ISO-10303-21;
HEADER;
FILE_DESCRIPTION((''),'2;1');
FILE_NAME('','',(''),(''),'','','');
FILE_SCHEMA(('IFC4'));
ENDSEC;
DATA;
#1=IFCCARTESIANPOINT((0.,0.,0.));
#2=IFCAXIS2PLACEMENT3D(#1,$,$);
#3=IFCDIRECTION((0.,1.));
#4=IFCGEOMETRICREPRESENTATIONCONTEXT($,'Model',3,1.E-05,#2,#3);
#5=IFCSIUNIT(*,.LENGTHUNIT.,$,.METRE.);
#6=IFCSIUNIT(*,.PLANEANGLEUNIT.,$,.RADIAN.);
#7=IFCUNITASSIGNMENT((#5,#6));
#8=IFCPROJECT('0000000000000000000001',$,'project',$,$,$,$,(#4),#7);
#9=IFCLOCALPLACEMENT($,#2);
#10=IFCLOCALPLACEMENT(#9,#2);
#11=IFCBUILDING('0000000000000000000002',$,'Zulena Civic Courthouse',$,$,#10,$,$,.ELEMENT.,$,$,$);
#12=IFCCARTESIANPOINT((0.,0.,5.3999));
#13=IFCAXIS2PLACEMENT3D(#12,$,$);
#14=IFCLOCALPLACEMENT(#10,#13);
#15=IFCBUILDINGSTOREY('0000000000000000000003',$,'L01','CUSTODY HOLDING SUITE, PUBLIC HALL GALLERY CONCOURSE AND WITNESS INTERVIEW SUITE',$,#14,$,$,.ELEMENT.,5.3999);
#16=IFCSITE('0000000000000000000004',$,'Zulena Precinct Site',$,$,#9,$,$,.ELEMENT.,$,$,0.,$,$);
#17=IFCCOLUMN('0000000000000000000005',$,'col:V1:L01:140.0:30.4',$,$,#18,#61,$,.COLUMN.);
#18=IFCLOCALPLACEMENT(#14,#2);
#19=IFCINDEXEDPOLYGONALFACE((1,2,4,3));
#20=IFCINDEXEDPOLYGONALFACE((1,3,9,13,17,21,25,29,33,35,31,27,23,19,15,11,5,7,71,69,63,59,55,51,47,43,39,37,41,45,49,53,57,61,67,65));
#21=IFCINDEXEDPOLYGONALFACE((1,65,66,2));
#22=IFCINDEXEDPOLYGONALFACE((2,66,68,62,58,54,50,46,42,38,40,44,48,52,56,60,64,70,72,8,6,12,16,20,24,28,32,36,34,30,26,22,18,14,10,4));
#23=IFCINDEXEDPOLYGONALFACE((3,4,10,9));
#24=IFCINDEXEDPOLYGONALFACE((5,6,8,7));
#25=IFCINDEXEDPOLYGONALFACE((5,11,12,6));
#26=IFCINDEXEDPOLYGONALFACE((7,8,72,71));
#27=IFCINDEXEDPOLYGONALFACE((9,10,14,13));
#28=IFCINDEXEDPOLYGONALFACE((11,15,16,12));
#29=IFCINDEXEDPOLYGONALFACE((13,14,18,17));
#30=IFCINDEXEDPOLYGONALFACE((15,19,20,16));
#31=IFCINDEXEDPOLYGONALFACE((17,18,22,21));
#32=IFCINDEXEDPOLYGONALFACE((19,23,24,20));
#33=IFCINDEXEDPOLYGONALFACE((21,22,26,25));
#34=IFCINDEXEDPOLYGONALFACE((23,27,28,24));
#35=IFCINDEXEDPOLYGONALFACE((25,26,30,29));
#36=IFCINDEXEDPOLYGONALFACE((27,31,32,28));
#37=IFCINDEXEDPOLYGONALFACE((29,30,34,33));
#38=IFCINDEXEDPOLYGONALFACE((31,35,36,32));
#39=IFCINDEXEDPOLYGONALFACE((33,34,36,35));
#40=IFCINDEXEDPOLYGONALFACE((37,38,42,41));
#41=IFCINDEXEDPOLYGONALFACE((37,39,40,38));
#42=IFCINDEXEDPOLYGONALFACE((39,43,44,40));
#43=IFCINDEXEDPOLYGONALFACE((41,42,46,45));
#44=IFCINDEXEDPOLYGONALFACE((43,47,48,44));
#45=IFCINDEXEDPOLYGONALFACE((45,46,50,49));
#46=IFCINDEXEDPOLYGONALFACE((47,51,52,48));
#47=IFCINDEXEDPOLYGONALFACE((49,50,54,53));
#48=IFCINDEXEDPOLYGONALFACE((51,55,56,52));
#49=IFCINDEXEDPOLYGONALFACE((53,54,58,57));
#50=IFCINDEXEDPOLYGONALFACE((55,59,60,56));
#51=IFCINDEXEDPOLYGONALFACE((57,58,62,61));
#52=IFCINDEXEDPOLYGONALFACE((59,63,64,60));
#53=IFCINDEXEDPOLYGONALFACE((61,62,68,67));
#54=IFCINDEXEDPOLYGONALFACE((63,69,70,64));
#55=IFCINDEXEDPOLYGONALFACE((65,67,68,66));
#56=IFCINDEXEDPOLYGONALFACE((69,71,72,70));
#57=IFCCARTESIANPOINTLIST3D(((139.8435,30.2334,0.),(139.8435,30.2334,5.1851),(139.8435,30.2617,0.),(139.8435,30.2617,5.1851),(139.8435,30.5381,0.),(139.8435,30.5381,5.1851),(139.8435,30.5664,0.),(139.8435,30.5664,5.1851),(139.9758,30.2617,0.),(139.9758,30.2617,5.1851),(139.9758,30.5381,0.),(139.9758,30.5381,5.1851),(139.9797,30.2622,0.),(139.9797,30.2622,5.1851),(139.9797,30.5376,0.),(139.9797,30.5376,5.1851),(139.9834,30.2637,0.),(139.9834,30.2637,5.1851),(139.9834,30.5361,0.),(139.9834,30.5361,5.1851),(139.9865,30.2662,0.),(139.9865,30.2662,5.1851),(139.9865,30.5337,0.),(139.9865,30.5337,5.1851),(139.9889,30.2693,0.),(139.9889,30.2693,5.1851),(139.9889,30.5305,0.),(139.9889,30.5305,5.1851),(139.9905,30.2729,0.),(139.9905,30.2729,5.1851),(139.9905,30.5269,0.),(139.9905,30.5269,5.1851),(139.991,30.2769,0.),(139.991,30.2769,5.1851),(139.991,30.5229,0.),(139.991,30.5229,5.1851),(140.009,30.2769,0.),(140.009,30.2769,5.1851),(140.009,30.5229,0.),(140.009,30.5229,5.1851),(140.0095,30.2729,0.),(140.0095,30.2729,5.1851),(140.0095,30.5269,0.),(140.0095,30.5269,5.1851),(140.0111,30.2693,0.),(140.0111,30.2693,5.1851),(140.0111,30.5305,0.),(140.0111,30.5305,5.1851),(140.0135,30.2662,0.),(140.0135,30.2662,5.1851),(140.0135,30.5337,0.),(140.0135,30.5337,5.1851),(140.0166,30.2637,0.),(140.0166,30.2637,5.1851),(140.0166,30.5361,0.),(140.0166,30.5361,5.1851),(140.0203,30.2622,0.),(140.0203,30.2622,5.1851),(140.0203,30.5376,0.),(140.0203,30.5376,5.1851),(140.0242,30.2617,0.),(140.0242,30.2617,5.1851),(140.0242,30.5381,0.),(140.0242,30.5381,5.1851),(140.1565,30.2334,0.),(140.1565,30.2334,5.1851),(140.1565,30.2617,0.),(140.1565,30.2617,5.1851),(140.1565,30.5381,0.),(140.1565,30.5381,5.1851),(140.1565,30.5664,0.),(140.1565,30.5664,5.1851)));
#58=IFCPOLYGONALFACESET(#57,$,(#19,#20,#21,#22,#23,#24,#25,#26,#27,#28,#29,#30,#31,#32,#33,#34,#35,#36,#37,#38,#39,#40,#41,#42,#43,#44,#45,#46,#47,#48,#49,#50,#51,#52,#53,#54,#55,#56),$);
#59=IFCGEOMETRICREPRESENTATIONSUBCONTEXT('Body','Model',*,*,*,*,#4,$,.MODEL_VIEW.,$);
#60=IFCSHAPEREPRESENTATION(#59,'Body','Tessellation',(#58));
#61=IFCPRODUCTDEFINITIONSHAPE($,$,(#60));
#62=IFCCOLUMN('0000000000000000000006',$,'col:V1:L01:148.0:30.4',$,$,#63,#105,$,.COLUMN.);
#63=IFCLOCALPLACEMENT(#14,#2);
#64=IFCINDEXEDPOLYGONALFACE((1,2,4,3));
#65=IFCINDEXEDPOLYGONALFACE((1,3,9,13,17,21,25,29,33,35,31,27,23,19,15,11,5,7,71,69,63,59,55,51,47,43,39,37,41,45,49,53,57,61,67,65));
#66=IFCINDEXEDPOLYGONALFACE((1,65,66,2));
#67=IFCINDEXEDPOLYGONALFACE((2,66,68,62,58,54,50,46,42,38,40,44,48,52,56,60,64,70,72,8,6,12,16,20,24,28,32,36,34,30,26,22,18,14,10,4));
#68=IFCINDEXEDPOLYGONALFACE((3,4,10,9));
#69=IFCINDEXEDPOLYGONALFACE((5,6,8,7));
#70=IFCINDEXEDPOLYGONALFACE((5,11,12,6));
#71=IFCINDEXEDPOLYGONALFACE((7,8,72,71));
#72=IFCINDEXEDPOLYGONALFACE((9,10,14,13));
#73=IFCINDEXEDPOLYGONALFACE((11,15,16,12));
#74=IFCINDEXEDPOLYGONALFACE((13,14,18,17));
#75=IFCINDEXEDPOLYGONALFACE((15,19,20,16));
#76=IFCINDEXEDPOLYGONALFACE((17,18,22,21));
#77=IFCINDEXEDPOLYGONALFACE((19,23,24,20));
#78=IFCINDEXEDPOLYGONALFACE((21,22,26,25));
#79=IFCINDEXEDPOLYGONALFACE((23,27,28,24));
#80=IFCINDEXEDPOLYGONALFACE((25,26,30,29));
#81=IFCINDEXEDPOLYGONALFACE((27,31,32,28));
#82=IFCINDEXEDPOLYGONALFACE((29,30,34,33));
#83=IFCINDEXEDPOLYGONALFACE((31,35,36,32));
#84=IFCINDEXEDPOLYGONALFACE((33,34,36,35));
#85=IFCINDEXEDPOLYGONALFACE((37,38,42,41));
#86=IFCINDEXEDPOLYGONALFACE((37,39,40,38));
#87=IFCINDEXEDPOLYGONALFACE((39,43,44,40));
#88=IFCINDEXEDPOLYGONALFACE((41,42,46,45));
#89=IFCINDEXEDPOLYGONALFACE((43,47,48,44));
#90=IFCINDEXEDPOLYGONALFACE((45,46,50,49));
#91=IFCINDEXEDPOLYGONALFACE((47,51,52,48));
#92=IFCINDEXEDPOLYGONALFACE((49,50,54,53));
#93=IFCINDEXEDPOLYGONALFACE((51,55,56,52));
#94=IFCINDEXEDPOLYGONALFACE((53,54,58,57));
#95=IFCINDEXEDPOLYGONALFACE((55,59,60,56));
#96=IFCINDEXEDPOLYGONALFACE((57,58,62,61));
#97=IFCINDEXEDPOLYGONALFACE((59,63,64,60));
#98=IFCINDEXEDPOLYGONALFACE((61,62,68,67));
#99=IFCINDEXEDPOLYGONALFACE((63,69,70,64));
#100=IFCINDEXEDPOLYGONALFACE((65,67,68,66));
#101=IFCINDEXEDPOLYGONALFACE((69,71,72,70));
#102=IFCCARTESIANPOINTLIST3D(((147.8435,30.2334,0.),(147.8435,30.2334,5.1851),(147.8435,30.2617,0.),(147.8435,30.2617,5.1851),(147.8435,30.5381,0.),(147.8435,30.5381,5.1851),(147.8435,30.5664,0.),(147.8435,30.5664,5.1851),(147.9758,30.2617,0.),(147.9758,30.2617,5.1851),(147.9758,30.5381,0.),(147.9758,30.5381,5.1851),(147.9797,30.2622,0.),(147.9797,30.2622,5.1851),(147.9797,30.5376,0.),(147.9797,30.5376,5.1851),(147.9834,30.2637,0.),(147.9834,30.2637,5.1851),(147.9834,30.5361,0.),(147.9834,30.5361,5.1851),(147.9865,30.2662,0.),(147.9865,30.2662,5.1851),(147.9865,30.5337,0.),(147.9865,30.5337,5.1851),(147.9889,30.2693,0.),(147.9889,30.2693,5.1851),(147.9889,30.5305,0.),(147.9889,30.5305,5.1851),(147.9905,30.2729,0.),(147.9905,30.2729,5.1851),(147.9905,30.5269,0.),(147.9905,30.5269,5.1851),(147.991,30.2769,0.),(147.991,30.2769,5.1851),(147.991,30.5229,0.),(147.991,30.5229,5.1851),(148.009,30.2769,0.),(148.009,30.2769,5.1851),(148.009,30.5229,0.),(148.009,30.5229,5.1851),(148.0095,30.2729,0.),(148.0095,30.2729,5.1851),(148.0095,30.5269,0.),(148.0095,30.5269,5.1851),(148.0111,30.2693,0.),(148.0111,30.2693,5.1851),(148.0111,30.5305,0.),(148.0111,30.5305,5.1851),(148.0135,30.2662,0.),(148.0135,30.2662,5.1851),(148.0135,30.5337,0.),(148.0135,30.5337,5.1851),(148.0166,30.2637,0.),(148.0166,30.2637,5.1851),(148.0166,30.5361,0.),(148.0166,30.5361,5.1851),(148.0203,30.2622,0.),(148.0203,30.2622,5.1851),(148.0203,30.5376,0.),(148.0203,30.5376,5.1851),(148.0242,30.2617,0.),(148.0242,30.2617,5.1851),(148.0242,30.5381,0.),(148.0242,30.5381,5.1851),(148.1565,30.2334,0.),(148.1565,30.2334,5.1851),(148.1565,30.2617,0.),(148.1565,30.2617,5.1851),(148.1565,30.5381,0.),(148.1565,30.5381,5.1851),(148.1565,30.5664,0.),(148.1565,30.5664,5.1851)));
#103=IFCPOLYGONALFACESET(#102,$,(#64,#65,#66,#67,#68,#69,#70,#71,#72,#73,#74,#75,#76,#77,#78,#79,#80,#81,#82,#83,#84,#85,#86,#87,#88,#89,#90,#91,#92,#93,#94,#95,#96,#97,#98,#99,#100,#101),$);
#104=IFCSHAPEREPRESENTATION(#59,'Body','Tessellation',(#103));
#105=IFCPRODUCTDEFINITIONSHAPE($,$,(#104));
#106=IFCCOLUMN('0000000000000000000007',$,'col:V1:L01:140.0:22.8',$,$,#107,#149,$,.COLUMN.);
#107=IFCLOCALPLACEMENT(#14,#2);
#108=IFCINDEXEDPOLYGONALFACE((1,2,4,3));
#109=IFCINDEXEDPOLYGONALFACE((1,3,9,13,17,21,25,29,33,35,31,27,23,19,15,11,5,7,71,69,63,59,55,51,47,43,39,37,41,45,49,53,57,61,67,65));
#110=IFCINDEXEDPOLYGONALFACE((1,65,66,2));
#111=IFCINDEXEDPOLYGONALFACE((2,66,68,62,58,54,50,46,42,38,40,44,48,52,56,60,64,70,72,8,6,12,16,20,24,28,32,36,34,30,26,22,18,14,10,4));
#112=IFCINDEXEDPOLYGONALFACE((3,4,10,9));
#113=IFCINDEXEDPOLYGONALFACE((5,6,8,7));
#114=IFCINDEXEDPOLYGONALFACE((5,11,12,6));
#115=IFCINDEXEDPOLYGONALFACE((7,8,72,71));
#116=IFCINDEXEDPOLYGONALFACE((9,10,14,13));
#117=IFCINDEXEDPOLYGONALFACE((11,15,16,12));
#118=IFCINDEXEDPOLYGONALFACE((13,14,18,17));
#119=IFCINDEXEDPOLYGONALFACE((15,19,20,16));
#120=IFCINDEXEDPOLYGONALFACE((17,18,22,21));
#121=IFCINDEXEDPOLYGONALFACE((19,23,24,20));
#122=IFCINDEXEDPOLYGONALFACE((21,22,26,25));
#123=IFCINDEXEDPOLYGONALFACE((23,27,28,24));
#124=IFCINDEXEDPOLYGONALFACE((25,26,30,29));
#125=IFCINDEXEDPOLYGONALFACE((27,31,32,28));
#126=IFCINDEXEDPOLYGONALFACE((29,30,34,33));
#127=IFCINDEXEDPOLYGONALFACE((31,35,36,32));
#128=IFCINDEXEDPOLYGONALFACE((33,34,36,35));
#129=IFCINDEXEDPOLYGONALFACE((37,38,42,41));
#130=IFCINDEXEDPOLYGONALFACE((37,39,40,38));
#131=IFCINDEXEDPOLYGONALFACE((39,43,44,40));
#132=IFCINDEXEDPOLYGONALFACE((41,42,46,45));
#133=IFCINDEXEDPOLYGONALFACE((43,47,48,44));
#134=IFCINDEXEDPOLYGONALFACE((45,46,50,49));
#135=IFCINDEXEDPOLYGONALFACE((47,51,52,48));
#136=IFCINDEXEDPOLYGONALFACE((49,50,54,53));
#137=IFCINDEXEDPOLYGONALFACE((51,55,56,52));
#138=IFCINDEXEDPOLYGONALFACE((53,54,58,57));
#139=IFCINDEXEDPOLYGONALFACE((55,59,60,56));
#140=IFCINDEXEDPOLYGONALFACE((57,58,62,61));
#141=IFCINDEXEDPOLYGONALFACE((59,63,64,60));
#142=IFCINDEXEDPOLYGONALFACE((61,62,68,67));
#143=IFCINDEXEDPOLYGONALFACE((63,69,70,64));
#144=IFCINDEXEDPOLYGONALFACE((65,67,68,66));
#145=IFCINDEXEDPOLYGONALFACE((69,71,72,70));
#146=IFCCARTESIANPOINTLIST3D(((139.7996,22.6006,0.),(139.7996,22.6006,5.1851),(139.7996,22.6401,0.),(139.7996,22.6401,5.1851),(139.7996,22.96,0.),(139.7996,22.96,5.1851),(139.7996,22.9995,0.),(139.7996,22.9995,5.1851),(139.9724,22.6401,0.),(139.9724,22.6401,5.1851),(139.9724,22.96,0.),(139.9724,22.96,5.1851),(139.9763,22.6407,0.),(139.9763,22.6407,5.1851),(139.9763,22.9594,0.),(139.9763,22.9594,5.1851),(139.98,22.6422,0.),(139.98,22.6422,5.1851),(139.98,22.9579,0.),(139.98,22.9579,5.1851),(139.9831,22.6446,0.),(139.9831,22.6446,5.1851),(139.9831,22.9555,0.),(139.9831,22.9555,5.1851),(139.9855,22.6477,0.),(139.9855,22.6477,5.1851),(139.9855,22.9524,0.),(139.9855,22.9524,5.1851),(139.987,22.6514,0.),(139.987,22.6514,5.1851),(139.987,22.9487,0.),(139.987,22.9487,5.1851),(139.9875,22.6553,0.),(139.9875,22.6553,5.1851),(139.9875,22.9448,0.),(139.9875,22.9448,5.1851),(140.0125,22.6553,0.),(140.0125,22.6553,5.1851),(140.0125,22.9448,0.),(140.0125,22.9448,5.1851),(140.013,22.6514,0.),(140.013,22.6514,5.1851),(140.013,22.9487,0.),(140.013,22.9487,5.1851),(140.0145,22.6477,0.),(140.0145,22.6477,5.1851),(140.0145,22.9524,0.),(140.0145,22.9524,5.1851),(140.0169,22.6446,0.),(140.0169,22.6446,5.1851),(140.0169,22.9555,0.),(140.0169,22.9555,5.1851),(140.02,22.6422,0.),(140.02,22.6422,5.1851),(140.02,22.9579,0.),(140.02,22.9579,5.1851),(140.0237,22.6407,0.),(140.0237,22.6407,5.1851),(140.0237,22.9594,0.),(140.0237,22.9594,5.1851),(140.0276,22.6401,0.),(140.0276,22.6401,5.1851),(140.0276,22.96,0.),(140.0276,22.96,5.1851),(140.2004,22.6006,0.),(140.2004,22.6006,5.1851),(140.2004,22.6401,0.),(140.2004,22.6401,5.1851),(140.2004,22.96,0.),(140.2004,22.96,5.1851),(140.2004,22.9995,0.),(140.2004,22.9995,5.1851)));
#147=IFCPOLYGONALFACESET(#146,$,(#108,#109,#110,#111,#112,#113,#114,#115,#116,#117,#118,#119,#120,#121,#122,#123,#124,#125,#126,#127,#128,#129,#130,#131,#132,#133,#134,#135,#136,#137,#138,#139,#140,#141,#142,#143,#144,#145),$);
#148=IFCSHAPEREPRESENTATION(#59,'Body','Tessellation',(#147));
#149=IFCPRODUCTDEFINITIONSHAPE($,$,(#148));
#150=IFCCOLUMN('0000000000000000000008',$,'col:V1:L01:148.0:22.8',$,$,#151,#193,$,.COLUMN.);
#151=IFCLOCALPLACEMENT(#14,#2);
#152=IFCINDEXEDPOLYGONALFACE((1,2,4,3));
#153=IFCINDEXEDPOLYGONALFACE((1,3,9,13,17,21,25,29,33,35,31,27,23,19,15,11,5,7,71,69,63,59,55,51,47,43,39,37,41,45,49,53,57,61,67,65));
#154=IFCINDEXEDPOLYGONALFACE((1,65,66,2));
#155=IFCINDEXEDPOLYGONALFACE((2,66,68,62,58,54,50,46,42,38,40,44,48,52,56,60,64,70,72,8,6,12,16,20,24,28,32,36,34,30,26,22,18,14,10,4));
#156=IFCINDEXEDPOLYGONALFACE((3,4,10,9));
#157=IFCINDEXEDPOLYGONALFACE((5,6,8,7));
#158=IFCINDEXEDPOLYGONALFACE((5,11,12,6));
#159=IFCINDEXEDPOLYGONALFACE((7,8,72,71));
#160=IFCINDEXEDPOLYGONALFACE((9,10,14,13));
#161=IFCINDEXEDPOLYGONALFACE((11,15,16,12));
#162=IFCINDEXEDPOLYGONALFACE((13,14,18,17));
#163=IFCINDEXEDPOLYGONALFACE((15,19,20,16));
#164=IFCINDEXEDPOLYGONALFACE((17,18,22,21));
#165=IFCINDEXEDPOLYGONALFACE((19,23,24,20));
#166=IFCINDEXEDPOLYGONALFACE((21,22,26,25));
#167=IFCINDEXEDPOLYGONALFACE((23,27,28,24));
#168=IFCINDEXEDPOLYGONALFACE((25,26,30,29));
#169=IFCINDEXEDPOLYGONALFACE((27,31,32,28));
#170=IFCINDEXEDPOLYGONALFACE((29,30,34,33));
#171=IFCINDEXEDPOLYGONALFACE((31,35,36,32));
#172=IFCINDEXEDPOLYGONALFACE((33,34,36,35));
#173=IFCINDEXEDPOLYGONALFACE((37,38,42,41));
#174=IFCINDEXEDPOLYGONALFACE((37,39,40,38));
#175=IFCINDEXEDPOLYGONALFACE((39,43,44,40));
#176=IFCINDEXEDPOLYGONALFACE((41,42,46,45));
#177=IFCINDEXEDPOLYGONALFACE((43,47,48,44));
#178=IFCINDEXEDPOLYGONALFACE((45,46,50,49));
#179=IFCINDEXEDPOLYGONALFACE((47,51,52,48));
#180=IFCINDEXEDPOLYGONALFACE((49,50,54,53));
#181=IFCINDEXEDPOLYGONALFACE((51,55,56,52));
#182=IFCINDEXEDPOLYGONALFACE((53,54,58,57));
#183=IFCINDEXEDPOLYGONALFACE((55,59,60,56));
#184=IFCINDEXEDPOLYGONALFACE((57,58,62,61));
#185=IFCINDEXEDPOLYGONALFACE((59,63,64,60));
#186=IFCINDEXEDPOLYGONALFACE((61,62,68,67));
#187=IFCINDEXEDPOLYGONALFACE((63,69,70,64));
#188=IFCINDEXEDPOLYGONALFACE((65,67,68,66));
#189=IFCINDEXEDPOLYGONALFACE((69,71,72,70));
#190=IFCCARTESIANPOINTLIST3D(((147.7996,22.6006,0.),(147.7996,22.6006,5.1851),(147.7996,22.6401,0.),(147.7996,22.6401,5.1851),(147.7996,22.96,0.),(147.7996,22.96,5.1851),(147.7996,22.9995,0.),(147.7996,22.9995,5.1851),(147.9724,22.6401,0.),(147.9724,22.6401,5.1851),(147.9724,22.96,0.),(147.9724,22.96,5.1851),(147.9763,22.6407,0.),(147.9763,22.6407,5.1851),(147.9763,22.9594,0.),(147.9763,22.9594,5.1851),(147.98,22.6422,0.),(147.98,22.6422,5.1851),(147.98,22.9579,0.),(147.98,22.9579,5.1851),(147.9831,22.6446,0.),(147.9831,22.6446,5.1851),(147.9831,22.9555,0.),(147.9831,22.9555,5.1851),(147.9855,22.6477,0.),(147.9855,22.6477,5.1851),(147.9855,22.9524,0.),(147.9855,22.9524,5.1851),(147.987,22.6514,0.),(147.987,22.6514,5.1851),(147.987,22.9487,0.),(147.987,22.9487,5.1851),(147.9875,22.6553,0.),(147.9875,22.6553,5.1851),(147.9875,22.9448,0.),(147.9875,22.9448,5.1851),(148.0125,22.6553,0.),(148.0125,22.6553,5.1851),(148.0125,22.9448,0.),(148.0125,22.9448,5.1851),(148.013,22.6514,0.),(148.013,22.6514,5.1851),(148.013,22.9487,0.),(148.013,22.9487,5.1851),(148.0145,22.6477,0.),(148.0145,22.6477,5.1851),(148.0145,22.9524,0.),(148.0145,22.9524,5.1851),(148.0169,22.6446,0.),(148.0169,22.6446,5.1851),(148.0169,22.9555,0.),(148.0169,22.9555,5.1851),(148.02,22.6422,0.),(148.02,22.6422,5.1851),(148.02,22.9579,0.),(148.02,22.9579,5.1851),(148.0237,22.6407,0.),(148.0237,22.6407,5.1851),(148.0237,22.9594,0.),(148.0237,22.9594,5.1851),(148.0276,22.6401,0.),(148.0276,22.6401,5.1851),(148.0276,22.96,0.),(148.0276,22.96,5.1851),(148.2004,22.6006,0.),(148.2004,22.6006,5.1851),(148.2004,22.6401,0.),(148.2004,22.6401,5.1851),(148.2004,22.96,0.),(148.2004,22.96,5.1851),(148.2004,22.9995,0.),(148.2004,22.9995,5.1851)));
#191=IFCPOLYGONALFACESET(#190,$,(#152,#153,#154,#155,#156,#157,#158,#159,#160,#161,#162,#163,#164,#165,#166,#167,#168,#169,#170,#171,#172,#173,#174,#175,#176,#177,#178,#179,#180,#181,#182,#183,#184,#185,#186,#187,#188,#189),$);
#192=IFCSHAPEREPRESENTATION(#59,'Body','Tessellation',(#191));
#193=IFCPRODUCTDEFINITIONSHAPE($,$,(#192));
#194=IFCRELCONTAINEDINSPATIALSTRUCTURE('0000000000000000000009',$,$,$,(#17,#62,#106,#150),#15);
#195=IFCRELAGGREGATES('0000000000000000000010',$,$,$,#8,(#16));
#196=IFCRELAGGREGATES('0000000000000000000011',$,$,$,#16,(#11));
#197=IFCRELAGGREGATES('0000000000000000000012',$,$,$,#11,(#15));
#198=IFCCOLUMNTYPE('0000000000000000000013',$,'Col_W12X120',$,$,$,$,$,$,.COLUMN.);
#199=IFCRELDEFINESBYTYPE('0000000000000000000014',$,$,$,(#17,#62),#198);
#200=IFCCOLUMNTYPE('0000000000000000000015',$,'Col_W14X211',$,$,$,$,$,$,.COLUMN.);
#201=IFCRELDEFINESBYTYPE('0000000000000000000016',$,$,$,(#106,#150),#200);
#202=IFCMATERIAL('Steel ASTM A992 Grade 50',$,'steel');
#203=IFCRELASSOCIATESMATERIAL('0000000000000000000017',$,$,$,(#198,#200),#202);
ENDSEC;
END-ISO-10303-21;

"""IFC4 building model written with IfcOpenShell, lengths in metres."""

from ifc_helpers import new_model, si_unit, direction, frame, origin, origin_2d, place, context, subcontext, project, spatial, i_section, extrude, material, material_profile, profile_set, type_object, element, save


model = new_model("IFC4")

# Units and contexts
model_context = context("Model", 3, precision=1e-05, world=origin(), true_north=direction((0.0, 1.0)))
body_context = subcontext(model_context, "Body", "Model", "MODEL_VIEW")
ifc_project = project(units=[si_unit("LENGTHUNIT", "METRE"), si_unit("PLANEANGLEUNIT", "RADIAN")], contexts=[model_context])

# Site, building, storey
site_placement = place(None, origin())
site = spatial("IfcSite", under=ifc_project, at=site_placement, Name="Zulena Precinct Site", CompositionType="ELEMENT", RefElevation=0.0)
building_placement = place(site_placement, origin())
building = spatial("IfcBuilding", under=site, at=building_placement, Name="Zulena Civic Courthouse", CompositionType="ELEMENT")
storey_placement = place(building_placement, frame((0.0, 0.0, 5.3999)))
storey = spatial("IfcBuildingStorey", under=building, at=storey_placement, Name="L01", Description="CUSTODY HOLDING SUITE, PUBLIC HALL GALLERY CONCOURSE AND WITNESS INTERVIEW SUITE", CompositionType="ELEMENT", Elevation=5.3999)

# Columns
ifc_material_1 = material(Name="Steel ASTM A992 Grade 50", Category="steel")
ifc_material_profile_1 = material_profile(ifc_material_1, i_section(OverallWidth=0.313, OverallDepth=0.333, WebThickness=0.0181, FlangeThickness=0.0283, FilletRadius=0.0151, at=origin_2d()), Name="W12X120")
ifc_profile_set_1 = profile_set([ifc_material_profile_1], Name="Steel ASTM A992 Grade 50")
column_type_1 = type_object("IfcColumnType", Name="Col_W12X120", PredefinedType="COLUMN", material=ifc_profile_set_1)
for number, where, z_axis, x_axis, name in (
    (1, (140.0, 30.3999, 0.0), (0.0, 0.0, 1.0), (1.0, 0.0, 0.0), "col:V1:L01:140.0:30.4"),
    (2, (148.0, 30.3999, 0.0), (0.0, 0.0, 1.0), (1.0, 0.0, 0.0), "col:V1:L01:148.0:30.4"),
):
    element("IfcColumn", number, at=place(storey_placement, frame(where, z_axis=z_axis, x_axis=x_axis)), inside=storey, type_object=column_type_1, Name=name, PredefinedType="COLUMN", context=body_context, shape_type="SweptSolid", body=[
        extrude(i_section(OverallWidth=0.313, OverallDepth=0.333, WebThickness=0.0181, FlangeThickness=0.0283, FilletRadius=0.0151, at=origin_2d()), origin(), (0.0, 0.0, 1.0), 5.1851),
    ])
ifc_material_profile_2 = material_profile(ifc_material_1, i_section(OverallWidth=0.4009, OverallDepth=0.3989, WebThickness=0.0249, FlangeThickness=0.0396, FilletRadius=0.0151, at=origin_2d()), Name="W14X211")
ifc_profile_set_2 = profile_set([ifc_material_profile_2], Name="Steel ASTM A992 Grade 50")
column_type_2 = type_object("IfcColumnType", Name="Col_W14X211", PredefinedType="COLUMN", material=ifc_profile_set_2)
for number, where, z_axis, x_axis, name in (
    (3, (140.0, 22.8, 0.0), (0.0, 0.0, 1.0), (1.0, 0.0, 0.0), "col:V1:L01:140.0:22.8"),
    (4, (148.0, 22.8, 0.0), (0.0, 0.0, 1.0), (1.0, 0.0, 0.0), "col:V1:L01:148.0:22.8"),
):
    element("IfcColumn", number, at=place(storey_placement, frame(where, z_axis=z_axis, x_axis=x_axis)), inside=storey, type_object=column_type_2, Name=name, PredefinedType="COLUMN", context=body_context, shape_type="SweptSolid", body=[
        extrude(i_section(OverallWidth=0.4009, OverallDepth=0.3989, WebThickness=0.0249, FlangeThickness=0.0396, FilletRadius=0.0151, at=origin_2d()), origin(), (0.0, 0.0, 1.0), 5.1851),
    ])

save(model, "model.ifc")
